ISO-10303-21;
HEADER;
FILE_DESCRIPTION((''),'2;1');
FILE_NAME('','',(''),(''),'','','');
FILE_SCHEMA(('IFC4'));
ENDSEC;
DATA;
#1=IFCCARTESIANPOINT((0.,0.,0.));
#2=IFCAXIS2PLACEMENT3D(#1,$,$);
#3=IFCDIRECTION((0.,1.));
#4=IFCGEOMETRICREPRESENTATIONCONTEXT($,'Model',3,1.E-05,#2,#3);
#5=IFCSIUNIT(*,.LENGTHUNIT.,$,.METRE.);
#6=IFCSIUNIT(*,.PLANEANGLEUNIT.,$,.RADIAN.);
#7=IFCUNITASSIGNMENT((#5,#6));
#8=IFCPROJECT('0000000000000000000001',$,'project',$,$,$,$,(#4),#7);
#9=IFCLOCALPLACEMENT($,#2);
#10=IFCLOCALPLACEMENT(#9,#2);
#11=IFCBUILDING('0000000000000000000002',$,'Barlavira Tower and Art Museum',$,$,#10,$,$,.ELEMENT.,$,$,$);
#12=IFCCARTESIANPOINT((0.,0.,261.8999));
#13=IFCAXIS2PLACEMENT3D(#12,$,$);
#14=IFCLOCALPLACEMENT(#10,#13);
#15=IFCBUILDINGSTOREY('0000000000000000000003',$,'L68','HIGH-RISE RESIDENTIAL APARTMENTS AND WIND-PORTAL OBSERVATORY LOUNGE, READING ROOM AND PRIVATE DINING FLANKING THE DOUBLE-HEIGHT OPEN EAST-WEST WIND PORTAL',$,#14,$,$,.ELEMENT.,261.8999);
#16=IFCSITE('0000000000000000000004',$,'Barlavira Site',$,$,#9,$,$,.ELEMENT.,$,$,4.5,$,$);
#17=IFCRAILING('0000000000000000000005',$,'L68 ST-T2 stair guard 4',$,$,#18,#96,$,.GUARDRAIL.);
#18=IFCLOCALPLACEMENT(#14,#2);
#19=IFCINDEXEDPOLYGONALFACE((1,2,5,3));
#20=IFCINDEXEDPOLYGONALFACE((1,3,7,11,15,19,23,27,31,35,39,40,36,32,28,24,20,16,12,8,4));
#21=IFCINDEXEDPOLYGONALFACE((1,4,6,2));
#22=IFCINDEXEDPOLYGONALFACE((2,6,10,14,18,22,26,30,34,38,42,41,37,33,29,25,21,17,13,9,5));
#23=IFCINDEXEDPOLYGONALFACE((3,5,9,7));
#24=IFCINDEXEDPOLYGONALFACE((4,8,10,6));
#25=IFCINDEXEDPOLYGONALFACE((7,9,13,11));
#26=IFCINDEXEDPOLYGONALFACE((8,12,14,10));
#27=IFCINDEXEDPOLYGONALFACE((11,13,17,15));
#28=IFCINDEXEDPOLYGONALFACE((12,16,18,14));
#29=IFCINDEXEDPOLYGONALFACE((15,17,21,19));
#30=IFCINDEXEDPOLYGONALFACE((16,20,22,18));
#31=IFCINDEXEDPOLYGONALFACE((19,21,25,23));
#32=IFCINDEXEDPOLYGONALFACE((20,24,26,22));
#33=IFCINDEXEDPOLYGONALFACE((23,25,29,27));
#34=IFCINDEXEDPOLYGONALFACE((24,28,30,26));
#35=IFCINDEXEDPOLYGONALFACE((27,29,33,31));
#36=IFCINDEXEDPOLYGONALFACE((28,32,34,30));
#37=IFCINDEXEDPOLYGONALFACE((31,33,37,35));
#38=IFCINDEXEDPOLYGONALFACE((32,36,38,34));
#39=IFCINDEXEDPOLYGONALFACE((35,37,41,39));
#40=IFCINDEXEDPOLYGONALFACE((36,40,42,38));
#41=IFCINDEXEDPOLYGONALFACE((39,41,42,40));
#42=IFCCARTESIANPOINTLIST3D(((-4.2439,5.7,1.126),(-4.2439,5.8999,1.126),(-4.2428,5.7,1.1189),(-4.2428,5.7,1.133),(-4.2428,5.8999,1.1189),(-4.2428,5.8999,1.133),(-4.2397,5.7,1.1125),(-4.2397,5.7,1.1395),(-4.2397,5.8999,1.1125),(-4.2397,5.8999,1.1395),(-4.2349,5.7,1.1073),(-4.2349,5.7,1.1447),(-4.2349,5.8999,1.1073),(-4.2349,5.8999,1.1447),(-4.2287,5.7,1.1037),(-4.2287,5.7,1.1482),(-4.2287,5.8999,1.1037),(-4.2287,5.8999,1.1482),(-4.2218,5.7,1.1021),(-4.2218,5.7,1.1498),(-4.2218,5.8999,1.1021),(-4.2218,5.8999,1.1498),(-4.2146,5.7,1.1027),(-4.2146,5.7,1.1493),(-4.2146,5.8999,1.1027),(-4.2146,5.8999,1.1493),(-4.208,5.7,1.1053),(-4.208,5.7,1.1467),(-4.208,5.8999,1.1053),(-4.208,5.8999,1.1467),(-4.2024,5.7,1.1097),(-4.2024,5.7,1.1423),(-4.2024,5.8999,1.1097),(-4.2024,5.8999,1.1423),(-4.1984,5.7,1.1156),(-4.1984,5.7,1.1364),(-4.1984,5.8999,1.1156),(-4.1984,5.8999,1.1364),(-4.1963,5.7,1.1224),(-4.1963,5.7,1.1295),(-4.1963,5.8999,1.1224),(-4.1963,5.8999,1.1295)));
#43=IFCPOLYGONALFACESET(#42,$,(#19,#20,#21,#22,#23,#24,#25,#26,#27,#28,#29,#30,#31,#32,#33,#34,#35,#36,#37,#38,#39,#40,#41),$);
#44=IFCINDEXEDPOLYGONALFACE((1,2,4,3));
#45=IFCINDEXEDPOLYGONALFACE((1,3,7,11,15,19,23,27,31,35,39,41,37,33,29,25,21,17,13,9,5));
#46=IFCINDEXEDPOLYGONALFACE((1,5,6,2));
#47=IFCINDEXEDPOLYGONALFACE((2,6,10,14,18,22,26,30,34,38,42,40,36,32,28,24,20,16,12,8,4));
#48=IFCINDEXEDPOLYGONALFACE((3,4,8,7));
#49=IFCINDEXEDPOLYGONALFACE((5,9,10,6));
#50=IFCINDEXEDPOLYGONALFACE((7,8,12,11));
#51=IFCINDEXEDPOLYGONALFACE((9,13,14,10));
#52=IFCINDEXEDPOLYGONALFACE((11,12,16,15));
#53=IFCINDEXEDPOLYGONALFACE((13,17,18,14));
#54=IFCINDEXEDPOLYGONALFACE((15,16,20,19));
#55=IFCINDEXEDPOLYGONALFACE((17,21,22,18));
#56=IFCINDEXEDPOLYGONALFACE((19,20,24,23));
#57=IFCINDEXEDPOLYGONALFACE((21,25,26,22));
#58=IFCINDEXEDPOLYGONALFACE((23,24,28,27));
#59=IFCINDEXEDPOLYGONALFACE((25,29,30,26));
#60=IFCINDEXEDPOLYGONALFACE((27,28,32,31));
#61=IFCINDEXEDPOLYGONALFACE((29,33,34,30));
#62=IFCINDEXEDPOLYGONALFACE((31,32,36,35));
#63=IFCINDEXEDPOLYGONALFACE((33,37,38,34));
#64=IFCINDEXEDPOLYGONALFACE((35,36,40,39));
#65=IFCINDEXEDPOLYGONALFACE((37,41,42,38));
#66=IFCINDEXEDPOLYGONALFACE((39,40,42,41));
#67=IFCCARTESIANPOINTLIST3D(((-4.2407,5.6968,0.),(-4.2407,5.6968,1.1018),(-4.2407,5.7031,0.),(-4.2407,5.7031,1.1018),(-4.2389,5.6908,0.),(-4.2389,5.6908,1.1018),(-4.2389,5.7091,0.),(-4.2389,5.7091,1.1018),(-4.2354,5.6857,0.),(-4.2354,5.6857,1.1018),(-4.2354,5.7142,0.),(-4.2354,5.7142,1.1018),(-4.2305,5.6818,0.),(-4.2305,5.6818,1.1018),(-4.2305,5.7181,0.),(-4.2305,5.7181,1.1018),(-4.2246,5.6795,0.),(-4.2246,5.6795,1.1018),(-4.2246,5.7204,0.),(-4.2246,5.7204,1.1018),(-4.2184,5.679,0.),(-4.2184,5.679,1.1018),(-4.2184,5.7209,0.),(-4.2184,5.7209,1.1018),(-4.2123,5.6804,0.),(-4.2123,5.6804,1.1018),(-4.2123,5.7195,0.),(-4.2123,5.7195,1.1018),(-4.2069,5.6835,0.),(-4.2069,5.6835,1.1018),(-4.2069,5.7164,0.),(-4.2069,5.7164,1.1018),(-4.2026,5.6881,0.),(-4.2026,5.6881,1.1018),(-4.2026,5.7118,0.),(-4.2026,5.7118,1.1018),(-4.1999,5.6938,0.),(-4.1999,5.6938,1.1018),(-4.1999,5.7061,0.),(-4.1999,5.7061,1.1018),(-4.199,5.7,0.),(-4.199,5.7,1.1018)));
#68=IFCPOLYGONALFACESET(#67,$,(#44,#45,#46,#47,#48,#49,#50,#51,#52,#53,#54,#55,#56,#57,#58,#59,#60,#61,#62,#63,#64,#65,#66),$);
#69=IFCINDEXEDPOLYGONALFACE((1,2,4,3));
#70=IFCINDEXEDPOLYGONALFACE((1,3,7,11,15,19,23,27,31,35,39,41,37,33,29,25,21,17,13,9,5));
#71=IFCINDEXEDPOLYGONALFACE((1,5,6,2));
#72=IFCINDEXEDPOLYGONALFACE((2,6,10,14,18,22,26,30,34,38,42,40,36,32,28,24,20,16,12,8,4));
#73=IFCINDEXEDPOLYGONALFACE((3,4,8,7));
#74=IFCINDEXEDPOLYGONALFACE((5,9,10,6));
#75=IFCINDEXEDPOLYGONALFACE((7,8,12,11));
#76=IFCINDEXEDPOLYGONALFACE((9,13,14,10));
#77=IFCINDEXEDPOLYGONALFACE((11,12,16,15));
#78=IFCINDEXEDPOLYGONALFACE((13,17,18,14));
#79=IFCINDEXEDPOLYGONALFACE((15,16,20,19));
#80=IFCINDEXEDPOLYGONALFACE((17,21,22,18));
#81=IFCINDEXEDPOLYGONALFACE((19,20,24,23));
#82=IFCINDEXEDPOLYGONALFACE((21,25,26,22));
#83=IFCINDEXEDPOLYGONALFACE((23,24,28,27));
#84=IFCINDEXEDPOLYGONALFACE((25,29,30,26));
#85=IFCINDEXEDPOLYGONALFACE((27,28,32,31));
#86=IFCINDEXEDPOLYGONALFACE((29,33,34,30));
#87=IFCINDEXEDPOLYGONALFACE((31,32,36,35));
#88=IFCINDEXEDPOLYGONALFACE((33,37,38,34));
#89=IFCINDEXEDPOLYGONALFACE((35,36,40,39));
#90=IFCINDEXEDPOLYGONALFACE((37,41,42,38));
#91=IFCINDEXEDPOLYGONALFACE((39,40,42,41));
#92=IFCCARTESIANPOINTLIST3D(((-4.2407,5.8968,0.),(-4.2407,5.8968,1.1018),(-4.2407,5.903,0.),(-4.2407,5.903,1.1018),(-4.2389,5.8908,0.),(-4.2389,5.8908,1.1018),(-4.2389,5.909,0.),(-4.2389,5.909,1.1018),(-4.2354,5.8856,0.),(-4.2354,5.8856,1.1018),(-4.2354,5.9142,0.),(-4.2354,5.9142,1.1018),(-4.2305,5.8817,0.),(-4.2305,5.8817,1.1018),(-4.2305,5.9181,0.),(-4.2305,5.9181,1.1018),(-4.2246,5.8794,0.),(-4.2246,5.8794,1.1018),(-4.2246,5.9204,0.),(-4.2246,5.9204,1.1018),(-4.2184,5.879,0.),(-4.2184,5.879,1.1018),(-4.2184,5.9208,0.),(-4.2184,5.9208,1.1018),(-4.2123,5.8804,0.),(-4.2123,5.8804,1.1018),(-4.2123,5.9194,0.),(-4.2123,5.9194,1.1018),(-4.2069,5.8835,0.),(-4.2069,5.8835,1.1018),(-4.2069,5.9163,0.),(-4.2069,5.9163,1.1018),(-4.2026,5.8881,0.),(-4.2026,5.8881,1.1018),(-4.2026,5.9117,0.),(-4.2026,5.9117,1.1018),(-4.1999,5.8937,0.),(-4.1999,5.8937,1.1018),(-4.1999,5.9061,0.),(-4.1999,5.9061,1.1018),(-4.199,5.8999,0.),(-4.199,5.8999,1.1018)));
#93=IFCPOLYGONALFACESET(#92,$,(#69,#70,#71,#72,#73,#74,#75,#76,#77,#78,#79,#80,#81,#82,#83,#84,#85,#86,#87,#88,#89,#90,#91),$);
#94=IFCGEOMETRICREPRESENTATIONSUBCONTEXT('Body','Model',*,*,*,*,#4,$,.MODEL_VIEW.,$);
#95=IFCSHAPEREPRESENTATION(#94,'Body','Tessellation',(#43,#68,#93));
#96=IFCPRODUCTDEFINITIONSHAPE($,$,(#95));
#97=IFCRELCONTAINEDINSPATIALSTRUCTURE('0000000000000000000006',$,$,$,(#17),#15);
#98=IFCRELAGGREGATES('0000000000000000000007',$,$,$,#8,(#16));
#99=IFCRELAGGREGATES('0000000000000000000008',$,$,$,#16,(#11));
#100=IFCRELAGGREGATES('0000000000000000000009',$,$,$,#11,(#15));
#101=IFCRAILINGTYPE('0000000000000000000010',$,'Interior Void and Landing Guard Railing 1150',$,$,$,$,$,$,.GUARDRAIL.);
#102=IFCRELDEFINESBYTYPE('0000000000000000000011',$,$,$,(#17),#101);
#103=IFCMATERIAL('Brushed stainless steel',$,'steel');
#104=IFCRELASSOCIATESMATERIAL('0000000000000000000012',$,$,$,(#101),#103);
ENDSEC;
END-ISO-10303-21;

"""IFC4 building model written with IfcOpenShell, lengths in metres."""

from ifc_helpers import new_model, si_unit, direction, frame, origin, origin_2d, place, context, subcontext, project, spatial, circle, extrude, material, type_object, element, save


model = new_model("IFC4")

# Units and contexts
model_context = context("Model", 3, precision=1e-05, world=origin(), true_north=direction((0.0, 1.0)))
body_context = subcontext(model_context, "Body", "Model", "MODEL_VIEW")
ifc_project = project(units=[si_unit("LENGTHUNIT", "METRE"), si_unit("PLANEANGLEUNIT", "RADIAN")], contexts=[model_context])

# Site, building, storey
site_placement = place(None, origin())
site = spatial("IfcSite", under=ifc_project, at=site_placement, Name="Barlavira Site", CompositionType="ELEMENT", RefElevation=4.5)
building_placement = place(site_placement, origin())
building = spatial("IfcBuilding", under=site, at=building_placement, Name="Barlavira Tower and Art Museum", CompositionType="ELEMENT")
storey_placement = place(building_placement, frame((0.0, 0.0, 261.8999)))
storey = spatial("IfcBuildingStorey", under=building, at=storey_placement, Name="L68", Description="HIGH-RISE RESIDENTIAL APARTMENTS AND WIND-PORTAL OBSERVATORY LOUNGE, READING ROOM AND PRIVATE DINING FLANKING THE DOUBLE-HEIGHT OPEN EAST-WEST WIND PORTAL", CompositionType="ELEMENT", Elevation=261.8999)

# Shared definitions
ifc_material_1 = material(Name="Brushed stainless steel", Category="steel")

# Railing
railing_type_1 = type_object("IfcRailingType", Name="Interior Void and Landing Guard Railing 1150", PredefinedType="GUARDRAIL", material=ifc_material_1)
railing_1_placement = place(storey_placement, frame((-4.22, 5.7, 0.0)))
element("IfcRailing", 1, at=railing_1_placement, inside=storey, type_object=railing_type_1, Name="L68 ST-T2 stair guard 4", PredefinedType="GUARDRAIL", context=body_context, shape_type="SweptSolid", body=[
    extrude(circle(Radius=0.0239, at=origin_2d()), frame((0.0, 0.0, 1.126), z_axis=(0.0, 1.0, 0.0), x_axis=(-1.0, 0.0, 0.0)), (0.0, 0.0, 1.0), 0.2),
    extrude(circle(Radius=0.021, at=origin_2d()), origin(), (0.0, 0.0, 1.0), 1.1018),
    extrude(circle(Radius=0.021, at=origin_2d()), frame((0.0, 0.2, 0.0)), (0.0, 0.0, 1.0), 1.1018),
])

save(model, "model.ifc")
